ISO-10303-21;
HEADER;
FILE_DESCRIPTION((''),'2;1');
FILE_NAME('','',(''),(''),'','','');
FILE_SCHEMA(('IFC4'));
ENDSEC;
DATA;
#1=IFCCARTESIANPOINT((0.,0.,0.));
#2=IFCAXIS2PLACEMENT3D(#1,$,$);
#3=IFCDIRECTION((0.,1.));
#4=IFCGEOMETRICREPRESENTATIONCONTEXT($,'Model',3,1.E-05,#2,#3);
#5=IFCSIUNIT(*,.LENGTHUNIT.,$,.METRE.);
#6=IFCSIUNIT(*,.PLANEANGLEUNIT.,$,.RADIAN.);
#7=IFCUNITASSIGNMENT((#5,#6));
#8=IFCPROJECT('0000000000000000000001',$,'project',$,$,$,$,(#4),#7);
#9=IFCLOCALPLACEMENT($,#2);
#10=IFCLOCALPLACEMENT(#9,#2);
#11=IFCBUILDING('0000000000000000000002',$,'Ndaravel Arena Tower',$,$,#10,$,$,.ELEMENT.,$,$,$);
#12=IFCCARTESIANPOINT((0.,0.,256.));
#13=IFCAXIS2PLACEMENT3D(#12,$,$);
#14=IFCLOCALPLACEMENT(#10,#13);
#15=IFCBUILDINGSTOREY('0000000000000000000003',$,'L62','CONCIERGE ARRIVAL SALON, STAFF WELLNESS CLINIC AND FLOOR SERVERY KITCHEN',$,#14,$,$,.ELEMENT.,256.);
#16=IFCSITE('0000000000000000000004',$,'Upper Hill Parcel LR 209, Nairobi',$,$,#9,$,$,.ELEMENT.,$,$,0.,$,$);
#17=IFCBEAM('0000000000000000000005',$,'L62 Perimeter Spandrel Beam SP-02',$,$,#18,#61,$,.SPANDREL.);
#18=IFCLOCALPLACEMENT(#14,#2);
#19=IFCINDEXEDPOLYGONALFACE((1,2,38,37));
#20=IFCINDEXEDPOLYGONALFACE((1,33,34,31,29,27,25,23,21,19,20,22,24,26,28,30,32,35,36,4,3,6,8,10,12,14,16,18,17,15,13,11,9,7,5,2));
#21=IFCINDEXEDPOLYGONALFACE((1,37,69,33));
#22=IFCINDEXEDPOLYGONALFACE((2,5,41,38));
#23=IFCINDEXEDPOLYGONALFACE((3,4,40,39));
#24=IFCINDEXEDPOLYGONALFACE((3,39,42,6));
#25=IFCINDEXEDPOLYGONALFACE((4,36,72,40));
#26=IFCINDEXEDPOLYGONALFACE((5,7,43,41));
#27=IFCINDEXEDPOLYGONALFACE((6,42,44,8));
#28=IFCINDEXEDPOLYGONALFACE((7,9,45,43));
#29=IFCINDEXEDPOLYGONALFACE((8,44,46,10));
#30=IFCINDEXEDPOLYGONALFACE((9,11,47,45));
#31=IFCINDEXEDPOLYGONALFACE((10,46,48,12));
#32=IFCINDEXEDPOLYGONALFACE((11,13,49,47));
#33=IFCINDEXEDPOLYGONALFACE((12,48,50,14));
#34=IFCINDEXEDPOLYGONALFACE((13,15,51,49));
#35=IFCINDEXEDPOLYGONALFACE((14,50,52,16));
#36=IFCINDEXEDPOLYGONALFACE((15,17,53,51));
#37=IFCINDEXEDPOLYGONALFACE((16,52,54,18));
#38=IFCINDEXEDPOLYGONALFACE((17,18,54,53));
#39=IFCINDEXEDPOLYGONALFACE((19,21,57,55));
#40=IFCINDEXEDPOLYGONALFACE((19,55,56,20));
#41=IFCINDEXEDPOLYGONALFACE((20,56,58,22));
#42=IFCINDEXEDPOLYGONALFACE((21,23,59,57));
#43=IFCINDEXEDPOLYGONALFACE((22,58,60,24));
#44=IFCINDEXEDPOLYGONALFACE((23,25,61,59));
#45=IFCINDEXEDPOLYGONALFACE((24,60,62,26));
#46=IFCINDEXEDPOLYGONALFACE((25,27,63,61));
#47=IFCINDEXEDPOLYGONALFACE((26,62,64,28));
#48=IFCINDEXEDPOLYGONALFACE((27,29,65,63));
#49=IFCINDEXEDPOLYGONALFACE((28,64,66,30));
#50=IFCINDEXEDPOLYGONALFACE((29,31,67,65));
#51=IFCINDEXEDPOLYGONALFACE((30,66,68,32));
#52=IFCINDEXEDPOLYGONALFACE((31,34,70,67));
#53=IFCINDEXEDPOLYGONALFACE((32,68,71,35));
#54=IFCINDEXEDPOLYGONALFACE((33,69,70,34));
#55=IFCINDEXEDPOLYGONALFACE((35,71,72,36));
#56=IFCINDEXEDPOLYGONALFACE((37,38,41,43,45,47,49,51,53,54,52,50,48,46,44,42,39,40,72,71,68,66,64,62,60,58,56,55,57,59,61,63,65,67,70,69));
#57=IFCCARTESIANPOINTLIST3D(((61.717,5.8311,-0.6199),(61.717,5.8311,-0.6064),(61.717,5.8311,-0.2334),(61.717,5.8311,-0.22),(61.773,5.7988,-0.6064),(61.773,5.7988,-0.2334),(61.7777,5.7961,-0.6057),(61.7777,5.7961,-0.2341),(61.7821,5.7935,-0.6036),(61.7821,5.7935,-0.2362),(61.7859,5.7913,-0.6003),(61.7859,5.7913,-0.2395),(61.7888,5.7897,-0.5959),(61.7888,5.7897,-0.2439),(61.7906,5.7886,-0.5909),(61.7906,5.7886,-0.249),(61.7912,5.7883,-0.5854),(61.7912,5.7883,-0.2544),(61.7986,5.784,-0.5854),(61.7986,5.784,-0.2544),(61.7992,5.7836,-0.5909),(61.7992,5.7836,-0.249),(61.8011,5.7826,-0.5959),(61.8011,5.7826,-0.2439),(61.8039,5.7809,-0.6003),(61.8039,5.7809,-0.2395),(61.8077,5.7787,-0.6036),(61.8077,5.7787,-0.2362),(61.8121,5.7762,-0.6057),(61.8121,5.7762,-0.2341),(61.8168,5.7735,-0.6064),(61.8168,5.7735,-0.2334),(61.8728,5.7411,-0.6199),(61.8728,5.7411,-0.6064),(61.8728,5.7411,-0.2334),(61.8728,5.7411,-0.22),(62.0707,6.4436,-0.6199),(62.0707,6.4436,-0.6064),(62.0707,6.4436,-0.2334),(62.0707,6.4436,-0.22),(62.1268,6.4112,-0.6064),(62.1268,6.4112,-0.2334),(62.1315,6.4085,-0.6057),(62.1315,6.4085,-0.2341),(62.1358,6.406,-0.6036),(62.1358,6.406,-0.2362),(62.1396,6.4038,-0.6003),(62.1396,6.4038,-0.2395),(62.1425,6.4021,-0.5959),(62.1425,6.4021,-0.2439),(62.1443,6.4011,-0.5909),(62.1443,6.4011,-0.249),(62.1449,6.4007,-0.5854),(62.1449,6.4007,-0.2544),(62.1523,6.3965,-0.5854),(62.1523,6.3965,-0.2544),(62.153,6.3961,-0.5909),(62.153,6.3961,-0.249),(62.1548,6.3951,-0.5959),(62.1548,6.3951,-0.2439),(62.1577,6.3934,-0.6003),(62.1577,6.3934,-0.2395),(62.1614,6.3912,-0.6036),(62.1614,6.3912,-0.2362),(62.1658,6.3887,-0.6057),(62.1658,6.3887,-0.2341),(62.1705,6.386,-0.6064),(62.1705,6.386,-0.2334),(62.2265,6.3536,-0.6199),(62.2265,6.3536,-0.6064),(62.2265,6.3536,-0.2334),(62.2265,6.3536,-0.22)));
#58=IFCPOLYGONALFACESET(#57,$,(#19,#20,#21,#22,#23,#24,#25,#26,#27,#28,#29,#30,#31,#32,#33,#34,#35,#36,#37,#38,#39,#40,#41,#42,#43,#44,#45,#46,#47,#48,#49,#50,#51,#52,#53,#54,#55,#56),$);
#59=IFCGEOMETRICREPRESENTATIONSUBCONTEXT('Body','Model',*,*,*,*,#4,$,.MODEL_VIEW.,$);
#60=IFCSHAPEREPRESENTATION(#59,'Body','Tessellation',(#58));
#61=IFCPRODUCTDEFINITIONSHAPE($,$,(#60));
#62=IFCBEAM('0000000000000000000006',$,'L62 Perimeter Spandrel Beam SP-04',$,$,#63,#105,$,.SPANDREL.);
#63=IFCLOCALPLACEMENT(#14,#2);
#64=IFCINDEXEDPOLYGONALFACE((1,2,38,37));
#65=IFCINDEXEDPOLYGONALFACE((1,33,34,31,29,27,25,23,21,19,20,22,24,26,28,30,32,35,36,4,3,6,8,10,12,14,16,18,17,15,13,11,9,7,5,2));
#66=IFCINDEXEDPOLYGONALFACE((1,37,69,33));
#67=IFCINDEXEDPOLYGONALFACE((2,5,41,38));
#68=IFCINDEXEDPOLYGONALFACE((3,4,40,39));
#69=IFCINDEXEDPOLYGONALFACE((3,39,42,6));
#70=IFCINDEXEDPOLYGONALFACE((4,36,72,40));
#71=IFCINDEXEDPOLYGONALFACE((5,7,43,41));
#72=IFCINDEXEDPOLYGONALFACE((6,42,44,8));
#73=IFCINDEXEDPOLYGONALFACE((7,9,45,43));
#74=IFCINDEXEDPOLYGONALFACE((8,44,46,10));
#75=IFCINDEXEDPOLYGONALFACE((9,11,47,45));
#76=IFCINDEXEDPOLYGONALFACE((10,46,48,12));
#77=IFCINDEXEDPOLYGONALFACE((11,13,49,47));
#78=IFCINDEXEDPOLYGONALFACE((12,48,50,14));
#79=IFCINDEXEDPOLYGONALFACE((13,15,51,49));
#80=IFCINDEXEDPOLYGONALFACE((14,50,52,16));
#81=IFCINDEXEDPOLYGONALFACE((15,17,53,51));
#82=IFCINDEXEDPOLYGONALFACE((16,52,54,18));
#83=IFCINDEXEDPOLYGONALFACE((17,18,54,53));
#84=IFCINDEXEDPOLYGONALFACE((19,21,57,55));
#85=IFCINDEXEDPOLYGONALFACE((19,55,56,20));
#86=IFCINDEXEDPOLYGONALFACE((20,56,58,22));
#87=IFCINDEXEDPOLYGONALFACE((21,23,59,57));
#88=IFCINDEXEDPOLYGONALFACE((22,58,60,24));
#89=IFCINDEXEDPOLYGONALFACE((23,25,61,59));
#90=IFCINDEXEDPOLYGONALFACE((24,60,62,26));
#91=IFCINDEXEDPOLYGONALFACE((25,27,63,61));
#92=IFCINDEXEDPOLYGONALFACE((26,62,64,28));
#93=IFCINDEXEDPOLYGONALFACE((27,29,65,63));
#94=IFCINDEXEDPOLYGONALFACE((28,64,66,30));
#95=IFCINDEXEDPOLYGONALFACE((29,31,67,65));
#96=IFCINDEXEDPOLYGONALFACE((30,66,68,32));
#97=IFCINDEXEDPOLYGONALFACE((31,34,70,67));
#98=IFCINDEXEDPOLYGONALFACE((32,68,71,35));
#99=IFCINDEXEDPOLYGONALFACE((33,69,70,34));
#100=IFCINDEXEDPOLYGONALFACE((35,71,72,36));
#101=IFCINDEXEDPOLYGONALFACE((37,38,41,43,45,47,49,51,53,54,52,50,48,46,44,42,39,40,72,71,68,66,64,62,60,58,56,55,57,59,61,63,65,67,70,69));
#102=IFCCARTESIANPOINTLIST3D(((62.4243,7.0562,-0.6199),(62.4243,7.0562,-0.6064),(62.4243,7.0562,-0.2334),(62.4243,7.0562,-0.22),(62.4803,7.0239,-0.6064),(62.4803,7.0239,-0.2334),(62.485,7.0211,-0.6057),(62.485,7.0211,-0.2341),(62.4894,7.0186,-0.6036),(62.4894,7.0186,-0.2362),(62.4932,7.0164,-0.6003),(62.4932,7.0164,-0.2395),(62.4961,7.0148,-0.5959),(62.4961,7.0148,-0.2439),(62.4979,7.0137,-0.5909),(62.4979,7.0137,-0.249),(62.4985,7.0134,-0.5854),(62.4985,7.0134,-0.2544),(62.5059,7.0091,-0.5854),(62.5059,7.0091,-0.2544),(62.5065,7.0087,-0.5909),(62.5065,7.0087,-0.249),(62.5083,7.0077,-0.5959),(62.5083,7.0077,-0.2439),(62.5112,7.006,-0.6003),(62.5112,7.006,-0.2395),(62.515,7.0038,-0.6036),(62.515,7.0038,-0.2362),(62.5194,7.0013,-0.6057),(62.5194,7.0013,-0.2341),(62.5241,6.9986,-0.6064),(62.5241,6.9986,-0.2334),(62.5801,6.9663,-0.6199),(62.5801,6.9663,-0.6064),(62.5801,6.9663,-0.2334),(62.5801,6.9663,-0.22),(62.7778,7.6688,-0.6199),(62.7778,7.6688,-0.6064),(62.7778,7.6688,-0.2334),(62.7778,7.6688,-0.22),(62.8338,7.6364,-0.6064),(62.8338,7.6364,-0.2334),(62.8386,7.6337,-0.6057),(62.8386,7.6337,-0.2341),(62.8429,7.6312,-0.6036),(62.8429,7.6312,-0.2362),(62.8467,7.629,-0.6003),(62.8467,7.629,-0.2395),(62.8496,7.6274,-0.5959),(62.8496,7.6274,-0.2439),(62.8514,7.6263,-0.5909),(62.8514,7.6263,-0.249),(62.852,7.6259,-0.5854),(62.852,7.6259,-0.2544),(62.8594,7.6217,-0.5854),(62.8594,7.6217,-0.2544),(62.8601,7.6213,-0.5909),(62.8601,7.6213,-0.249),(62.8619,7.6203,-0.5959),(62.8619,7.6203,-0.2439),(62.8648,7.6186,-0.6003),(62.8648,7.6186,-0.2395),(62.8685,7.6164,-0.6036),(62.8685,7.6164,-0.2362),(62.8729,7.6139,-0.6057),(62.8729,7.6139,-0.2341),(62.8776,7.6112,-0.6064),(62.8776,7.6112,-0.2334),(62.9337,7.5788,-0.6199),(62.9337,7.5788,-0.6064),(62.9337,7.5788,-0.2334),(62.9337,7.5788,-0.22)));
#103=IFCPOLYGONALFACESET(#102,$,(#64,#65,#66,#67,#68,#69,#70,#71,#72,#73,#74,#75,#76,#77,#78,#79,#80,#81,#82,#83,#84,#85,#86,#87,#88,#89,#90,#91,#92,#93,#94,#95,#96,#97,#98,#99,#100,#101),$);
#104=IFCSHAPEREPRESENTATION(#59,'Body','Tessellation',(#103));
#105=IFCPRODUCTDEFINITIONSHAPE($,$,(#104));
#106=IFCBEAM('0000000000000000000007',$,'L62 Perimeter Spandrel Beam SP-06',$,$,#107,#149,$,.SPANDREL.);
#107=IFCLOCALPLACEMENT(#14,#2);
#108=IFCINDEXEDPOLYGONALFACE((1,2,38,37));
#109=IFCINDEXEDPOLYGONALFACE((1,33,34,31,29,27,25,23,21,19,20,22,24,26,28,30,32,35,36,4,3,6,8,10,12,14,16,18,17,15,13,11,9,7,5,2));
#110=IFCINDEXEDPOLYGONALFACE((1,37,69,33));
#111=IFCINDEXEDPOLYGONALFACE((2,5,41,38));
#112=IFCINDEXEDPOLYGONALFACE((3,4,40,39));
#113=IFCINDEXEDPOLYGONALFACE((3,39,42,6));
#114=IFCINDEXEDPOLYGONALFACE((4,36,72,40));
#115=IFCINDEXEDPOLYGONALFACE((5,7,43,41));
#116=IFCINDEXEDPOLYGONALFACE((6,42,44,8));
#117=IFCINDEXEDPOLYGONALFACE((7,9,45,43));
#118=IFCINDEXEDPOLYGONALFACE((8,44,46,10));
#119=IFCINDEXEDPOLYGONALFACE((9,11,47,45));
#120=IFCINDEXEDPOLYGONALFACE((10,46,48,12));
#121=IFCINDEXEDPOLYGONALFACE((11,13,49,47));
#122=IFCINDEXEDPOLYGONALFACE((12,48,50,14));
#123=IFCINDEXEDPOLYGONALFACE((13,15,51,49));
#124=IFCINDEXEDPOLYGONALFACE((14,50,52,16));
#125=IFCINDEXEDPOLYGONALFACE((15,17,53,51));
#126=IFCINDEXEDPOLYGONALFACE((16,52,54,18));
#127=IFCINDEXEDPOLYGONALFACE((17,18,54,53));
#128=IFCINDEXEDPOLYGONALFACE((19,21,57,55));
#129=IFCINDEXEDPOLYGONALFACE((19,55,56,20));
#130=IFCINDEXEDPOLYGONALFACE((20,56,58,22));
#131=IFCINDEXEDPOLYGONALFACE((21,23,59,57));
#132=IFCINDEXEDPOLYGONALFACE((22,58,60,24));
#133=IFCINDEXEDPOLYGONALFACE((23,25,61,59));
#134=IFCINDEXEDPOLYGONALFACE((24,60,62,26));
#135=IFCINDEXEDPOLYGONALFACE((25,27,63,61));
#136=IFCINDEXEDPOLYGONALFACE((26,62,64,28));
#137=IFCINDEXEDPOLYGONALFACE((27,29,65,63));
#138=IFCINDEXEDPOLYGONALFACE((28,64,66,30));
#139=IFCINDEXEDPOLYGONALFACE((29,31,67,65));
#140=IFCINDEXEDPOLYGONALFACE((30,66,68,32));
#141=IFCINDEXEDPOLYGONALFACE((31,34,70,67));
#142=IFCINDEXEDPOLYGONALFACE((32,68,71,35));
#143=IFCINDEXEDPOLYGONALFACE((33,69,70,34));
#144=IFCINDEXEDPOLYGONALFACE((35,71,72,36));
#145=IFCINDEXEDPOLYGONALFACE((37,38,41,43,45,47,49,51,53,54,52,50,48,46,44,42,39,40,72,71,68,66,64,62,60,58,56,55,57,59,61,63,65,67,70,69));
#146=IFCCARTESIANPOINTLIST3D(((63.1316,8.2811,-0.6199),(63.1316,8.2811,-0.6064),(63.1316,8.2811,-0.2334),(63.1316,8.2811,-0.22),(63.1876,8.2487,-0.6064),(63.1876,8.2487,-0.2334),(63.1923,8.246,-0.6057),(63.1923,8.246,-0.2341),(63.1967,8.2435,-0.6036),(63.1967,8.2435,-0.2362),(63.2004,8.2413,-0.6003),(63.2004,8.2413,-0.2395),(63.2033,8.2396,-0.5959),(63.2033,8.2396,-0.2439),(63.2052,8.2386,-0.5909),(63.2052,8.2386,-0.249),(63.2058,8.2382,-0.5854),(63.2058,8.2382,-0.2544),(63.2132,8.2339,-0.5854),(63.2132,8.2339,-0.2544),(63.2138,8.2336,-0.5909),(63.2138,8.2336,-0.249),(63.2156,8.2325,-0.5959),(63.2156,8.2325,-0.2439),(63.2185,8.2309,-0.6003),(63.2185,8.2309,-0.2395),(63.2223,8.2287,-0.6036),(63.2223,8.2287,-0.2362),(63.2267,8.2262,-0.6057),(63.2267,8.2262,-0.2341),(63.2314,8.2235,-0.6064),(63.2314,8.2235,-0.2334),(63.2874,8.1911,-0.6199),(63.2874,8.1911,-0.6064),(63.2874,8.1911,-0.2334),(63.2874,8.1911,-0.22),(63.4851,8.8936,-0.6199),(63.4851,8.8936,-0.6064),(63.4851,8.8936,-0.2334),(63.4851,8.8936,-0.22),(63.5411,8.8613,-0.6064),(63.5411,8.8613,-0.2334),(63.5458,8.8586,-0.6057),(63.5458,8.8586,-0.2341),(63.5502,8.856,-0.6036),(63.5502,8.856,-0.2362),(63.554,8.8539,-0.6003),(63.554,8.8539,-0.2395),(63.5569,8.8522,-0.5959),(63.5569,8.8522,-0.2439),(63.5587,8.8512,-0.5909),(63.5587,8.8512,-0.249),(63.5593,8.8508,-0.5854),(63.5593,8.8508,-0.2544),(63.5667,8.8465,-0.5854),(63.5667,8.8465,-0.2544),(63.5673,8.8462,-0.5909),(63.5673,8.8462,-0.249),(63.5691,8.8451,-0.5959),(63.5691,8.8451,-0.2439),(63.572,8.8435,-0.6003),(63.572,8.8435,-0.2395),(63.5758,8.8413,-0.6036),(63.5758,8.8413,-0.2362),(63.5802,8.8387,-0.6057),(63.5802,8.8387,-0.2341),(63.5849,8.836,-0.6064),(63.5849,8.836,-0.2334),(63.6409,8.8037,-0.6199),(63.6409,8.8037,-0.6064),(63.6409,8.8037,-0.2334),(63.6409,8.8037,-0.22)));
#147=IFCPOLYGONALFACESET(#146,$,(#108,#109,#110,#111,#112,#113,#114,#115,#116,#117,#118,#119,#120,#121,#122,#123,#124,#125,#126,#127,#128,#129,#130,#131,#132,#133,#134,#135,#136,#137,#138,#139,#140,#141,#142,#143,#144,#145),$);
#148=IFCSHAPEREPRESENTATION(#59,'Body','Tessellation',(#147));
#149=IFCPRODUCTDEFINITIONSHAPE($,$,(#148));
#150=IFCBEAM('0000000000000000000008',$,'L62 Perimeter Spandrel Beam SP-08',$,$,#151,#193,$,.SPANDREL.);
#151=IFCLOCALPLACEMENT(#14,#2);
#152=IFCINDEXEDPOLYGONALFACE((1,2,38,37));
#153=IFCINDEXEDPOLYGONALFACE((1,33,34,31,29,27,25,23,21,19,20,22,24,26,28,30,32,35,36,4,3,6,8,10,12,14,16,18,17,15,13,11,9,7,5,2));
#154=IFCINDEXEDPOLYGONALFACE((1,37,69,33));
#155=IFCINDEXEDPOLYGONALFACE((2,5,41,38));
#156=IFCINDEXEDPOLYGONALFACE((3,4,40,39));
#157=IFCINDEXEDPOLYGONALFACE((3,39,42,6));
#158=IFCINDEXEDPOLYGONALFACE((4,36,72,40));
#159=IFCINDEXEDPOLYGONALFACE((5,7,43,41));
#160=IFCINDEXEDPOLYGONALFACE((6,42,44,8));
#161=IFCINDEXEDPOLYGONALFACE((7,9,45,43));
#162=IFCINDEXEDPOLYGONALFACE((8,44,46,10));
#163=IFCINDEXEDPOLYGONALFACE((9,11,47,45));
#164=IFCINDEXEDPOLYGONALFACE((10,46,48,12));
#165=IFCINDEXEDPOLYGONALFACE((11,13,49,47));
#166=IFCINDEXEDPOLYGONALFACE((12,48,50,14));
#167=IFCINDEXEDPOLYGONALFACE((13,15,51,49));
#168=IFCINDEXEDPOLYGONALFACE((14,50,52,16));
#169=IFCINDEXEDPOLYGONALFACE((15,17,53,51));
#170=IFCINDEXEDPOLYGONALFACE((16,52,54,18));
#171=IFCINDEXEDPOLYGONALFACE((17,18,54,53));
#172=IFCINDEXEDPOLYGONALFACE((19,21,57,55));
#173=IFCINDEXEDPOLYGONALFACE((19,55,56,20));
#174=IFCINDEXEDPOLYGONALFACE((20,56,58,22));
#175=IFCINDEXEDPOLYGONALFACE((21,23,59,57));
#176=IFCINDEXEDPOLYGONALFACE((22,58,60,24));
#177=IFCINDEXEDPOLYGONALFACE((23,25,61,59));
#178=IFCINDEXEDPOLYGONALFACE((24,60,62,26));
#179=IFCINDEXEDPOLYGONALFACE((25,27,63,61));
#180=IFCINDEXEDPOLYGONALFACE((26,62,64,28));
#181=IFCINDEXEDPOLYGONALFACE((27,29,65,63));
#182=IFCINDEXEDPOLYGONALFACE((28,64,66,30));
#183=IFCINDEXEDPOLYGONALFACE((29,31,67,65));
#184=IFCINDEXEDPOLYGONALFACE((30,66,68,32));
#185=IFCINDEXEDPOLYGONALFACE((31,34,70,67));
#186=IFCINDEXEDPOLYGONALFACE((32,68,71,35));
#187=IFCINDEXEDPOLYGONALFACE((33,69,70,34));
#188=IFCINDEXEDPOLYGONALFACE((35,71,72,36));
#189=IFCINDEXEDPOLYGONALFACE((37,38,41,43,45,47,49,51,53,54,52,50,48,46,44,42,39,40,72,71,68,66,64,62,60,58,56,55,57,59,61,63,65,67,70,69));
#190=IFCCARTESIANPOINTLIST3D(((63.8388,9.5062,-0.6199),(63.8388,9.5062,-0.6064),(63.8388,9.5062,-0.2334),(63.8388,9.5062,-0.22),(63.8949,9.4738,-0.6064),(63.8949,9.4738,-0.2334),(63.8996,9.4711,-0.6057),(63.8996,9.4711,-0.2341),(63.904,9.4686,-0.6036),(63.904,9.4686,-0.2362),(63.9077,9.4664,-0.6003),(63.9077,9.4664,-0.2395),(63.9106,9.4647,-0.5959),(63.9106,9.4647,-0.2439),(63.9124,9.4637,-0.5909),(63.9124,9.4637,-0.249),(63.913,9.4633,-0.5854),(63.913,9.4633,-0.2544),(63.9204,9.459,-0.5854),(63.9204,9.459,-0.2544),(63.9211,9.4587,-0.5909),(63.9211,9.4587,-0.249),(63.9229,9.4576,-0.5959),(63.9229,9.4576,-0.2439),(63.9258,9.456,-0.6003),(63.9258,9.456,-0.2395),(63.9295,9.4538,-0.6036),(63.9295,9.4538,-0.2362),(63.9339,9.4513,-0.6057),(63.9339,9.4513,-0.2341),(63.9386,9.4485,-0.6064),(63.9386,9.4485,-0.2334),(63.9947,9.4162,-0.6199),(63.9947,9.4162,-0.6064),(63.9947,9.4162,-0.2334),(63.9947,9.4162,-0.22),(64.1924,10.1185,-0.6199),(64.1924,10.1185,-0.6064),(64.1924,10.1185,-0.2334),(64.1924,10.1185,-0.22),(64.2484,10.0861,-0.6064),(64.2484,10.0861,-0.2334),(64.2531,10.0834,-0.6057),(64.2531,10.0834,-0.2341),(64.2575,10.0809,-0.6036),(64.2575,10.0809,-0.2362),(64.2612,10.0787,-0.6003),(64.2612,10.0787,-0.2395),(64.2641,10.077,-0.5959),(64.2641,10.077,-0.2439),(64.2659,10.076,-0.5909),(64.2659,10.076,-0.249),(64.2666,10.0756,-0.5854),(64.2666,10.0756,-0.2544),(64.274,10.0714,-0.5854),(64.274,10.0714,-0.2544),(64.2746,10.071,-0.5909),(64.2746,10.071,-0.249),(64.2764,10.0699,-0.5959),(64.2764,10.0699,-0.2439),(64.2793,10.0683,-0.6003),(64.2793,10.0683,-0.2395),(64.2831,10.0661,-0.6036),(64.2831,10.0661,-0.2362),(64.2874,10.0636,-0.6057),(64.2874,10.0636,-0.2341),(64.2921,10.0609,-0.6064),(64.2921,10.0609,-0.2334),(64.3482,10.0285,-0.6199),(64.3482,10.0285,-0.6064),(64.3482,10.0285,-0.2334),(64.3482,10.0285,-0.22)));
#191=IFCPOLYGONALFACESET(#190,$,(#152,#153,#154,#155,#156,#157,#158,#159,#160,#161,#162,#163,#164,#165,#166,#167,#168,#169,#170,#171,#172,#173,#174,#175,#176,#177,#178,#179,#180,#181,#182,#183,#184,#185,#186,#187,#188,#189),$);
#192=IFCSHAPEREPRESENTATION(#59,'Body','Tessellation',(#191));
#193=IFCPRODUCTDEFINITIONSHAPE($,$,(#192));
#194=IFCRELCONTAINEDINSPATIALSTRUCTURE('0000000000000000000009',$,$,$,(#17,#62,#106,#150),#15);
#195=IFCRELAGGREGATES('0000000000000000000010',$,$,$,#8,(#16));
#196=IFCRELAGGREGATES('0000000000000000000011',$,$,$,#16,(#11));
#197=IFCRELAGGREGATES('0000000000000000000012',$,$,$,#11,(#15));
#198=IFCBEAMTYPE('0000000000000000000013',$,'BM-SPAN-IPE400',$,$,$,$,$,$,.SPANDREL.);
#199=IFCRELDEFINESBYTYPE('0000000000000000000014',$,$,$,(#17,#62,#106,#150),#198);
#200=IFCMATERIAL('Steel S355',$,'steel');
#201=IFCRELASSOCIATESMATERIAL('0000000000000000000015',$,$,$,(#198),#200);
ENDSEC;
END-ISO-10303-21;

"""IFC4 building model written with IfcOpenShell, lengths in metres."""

from ifc_helpers import new_model, si_unit, direction, frame, origin, origin_2d, place, context, subcontext, project, spatial, i_section, extrude, material, material_profile, profile_set, type_object, element, save


model = new_model("IFC4")

# Units and contexts
model_context = context("Model", 3, precision=1e-05, world=origin(), true_north=direction((0.0, 1.0)))
body_context = subcontext(model_context, "Body", "Model", "MODEL_VIEW")
ifc_project = project(units=[si_unit("LENGTHUNIT", "METRE"), si_unit("PLANEANGLEUNIT", "RADIAN")], contexts=[model_context])

# Site, building, storey
site_placement = place(None, origin())
site = spatial("IfcSite", under=ifc_project, at=site_placement, Name="Upper Hill Parcel LR 209, Nairobi", CompositionType="ELEMENT", RefElevation=0.0)
building_placement = place(site_placement, origin())
building = spatial("IfcBuilding", under=site, at=building_placement, Name="Ndaravel Arena Tower", CompositionType="ELEMENT")
storey_placement = place(building_placement, frame((0.0, 0.0, 256.0)))
storey = spatial("IfcBuildingStorey", under=building, at=storey_placement, Name="L62", Description="CONCIERGE ARRIVAL SALON, STAFF WELLNESS CLINIC AND FLOOR SERVERY KITCHEN", CompositionType="ELEMENT", Elevation=256.0)

# Beams
ifc_material_1 = material(Name="Steel S355", Category="steel")
ifc_material_profile_1 = material_profile(ifc_material_1, i_section(OverallWidth=0.1799, OverallDepth=0.3999, WebThickness=0.0085, FlangeThickness=0.0134, FilletRadius=0.021, at=origin_2d()), Name="IPE 400")
ifc_profile_set_1 = profile_set([ifc_material_profile_1], Name="Steel S355")
beam_type = type_object("IfcBeamType", Name="BM-SPAN-IPE400", PredefinedType="SPANDREL", material=ifc_profile_set_1)
for number, where, z_axis, x_axis, name in (
    (1, (61.7949, 5.7861, -0.4199), (0.500111, 0.865961, 0.0), (-0.865961, 0.500111, 0.0), "L62 Perimeter Spandrel Beam SP-02"),
    (2, (62.5022, 7.0112, -0.4199), (0.499852, 0.866111, 0.0), (-0.866111, 0.499852, 0.0), "L62 Perimeter Spandrel Beam SP-04"),
    (3, (63.2095, 8.2361, -0.4199), (0.499852, 0.866111, 0.0), (-0.866111, 0.499852, 0.0), "L62 Perimeter Spandrel Beam SP-06"),
):
    element("IfcBeam", number, at=place(storey_placement, frame(where, z_axis=z_axis, x_axis=x_axis)), inside=storey, type_object=beam_type, Name=name, PredefinedType="SPANDREL", context=body_context, shape_type="SweptSolid", body=[
        extrude(i_section(OverallWidth=0.1799, OverallDepth=0.3999, WebThickness=0.0085, FlangeThickness=0.0134, FilletRadius=0.021, at=origin_2d()), origin(), (0.0, 0.0, 1.0), 0.7073),
    ])
beam_1_placement = place(storey_placement, frame((63.9167, 9.4612, -0.4199), z_axis=(0.500001, 0.866025, 0.0), x_axis=(-0.866025, 0.500001, 0.0)))
element("IfcBeam", 4, at=beam_1_placement, inside=storey, type_object=beam_type, Name="L62 Perimeter Spandrel Beam SP-08", PredefinedType="SPANDREL", context=body_context, shape_type="SweptSolid", body=[
    extrude(i_section(OverallWidth=0.1799, OverallDepth=0.3999, WebThickness=0.0085, FlangeThickness=0.0134, FilletRadius=0.021, at=origin_2d()), origin(), (0.0, 0.0, 1.0), 0.707),
])

save(model, "model.ifc")
